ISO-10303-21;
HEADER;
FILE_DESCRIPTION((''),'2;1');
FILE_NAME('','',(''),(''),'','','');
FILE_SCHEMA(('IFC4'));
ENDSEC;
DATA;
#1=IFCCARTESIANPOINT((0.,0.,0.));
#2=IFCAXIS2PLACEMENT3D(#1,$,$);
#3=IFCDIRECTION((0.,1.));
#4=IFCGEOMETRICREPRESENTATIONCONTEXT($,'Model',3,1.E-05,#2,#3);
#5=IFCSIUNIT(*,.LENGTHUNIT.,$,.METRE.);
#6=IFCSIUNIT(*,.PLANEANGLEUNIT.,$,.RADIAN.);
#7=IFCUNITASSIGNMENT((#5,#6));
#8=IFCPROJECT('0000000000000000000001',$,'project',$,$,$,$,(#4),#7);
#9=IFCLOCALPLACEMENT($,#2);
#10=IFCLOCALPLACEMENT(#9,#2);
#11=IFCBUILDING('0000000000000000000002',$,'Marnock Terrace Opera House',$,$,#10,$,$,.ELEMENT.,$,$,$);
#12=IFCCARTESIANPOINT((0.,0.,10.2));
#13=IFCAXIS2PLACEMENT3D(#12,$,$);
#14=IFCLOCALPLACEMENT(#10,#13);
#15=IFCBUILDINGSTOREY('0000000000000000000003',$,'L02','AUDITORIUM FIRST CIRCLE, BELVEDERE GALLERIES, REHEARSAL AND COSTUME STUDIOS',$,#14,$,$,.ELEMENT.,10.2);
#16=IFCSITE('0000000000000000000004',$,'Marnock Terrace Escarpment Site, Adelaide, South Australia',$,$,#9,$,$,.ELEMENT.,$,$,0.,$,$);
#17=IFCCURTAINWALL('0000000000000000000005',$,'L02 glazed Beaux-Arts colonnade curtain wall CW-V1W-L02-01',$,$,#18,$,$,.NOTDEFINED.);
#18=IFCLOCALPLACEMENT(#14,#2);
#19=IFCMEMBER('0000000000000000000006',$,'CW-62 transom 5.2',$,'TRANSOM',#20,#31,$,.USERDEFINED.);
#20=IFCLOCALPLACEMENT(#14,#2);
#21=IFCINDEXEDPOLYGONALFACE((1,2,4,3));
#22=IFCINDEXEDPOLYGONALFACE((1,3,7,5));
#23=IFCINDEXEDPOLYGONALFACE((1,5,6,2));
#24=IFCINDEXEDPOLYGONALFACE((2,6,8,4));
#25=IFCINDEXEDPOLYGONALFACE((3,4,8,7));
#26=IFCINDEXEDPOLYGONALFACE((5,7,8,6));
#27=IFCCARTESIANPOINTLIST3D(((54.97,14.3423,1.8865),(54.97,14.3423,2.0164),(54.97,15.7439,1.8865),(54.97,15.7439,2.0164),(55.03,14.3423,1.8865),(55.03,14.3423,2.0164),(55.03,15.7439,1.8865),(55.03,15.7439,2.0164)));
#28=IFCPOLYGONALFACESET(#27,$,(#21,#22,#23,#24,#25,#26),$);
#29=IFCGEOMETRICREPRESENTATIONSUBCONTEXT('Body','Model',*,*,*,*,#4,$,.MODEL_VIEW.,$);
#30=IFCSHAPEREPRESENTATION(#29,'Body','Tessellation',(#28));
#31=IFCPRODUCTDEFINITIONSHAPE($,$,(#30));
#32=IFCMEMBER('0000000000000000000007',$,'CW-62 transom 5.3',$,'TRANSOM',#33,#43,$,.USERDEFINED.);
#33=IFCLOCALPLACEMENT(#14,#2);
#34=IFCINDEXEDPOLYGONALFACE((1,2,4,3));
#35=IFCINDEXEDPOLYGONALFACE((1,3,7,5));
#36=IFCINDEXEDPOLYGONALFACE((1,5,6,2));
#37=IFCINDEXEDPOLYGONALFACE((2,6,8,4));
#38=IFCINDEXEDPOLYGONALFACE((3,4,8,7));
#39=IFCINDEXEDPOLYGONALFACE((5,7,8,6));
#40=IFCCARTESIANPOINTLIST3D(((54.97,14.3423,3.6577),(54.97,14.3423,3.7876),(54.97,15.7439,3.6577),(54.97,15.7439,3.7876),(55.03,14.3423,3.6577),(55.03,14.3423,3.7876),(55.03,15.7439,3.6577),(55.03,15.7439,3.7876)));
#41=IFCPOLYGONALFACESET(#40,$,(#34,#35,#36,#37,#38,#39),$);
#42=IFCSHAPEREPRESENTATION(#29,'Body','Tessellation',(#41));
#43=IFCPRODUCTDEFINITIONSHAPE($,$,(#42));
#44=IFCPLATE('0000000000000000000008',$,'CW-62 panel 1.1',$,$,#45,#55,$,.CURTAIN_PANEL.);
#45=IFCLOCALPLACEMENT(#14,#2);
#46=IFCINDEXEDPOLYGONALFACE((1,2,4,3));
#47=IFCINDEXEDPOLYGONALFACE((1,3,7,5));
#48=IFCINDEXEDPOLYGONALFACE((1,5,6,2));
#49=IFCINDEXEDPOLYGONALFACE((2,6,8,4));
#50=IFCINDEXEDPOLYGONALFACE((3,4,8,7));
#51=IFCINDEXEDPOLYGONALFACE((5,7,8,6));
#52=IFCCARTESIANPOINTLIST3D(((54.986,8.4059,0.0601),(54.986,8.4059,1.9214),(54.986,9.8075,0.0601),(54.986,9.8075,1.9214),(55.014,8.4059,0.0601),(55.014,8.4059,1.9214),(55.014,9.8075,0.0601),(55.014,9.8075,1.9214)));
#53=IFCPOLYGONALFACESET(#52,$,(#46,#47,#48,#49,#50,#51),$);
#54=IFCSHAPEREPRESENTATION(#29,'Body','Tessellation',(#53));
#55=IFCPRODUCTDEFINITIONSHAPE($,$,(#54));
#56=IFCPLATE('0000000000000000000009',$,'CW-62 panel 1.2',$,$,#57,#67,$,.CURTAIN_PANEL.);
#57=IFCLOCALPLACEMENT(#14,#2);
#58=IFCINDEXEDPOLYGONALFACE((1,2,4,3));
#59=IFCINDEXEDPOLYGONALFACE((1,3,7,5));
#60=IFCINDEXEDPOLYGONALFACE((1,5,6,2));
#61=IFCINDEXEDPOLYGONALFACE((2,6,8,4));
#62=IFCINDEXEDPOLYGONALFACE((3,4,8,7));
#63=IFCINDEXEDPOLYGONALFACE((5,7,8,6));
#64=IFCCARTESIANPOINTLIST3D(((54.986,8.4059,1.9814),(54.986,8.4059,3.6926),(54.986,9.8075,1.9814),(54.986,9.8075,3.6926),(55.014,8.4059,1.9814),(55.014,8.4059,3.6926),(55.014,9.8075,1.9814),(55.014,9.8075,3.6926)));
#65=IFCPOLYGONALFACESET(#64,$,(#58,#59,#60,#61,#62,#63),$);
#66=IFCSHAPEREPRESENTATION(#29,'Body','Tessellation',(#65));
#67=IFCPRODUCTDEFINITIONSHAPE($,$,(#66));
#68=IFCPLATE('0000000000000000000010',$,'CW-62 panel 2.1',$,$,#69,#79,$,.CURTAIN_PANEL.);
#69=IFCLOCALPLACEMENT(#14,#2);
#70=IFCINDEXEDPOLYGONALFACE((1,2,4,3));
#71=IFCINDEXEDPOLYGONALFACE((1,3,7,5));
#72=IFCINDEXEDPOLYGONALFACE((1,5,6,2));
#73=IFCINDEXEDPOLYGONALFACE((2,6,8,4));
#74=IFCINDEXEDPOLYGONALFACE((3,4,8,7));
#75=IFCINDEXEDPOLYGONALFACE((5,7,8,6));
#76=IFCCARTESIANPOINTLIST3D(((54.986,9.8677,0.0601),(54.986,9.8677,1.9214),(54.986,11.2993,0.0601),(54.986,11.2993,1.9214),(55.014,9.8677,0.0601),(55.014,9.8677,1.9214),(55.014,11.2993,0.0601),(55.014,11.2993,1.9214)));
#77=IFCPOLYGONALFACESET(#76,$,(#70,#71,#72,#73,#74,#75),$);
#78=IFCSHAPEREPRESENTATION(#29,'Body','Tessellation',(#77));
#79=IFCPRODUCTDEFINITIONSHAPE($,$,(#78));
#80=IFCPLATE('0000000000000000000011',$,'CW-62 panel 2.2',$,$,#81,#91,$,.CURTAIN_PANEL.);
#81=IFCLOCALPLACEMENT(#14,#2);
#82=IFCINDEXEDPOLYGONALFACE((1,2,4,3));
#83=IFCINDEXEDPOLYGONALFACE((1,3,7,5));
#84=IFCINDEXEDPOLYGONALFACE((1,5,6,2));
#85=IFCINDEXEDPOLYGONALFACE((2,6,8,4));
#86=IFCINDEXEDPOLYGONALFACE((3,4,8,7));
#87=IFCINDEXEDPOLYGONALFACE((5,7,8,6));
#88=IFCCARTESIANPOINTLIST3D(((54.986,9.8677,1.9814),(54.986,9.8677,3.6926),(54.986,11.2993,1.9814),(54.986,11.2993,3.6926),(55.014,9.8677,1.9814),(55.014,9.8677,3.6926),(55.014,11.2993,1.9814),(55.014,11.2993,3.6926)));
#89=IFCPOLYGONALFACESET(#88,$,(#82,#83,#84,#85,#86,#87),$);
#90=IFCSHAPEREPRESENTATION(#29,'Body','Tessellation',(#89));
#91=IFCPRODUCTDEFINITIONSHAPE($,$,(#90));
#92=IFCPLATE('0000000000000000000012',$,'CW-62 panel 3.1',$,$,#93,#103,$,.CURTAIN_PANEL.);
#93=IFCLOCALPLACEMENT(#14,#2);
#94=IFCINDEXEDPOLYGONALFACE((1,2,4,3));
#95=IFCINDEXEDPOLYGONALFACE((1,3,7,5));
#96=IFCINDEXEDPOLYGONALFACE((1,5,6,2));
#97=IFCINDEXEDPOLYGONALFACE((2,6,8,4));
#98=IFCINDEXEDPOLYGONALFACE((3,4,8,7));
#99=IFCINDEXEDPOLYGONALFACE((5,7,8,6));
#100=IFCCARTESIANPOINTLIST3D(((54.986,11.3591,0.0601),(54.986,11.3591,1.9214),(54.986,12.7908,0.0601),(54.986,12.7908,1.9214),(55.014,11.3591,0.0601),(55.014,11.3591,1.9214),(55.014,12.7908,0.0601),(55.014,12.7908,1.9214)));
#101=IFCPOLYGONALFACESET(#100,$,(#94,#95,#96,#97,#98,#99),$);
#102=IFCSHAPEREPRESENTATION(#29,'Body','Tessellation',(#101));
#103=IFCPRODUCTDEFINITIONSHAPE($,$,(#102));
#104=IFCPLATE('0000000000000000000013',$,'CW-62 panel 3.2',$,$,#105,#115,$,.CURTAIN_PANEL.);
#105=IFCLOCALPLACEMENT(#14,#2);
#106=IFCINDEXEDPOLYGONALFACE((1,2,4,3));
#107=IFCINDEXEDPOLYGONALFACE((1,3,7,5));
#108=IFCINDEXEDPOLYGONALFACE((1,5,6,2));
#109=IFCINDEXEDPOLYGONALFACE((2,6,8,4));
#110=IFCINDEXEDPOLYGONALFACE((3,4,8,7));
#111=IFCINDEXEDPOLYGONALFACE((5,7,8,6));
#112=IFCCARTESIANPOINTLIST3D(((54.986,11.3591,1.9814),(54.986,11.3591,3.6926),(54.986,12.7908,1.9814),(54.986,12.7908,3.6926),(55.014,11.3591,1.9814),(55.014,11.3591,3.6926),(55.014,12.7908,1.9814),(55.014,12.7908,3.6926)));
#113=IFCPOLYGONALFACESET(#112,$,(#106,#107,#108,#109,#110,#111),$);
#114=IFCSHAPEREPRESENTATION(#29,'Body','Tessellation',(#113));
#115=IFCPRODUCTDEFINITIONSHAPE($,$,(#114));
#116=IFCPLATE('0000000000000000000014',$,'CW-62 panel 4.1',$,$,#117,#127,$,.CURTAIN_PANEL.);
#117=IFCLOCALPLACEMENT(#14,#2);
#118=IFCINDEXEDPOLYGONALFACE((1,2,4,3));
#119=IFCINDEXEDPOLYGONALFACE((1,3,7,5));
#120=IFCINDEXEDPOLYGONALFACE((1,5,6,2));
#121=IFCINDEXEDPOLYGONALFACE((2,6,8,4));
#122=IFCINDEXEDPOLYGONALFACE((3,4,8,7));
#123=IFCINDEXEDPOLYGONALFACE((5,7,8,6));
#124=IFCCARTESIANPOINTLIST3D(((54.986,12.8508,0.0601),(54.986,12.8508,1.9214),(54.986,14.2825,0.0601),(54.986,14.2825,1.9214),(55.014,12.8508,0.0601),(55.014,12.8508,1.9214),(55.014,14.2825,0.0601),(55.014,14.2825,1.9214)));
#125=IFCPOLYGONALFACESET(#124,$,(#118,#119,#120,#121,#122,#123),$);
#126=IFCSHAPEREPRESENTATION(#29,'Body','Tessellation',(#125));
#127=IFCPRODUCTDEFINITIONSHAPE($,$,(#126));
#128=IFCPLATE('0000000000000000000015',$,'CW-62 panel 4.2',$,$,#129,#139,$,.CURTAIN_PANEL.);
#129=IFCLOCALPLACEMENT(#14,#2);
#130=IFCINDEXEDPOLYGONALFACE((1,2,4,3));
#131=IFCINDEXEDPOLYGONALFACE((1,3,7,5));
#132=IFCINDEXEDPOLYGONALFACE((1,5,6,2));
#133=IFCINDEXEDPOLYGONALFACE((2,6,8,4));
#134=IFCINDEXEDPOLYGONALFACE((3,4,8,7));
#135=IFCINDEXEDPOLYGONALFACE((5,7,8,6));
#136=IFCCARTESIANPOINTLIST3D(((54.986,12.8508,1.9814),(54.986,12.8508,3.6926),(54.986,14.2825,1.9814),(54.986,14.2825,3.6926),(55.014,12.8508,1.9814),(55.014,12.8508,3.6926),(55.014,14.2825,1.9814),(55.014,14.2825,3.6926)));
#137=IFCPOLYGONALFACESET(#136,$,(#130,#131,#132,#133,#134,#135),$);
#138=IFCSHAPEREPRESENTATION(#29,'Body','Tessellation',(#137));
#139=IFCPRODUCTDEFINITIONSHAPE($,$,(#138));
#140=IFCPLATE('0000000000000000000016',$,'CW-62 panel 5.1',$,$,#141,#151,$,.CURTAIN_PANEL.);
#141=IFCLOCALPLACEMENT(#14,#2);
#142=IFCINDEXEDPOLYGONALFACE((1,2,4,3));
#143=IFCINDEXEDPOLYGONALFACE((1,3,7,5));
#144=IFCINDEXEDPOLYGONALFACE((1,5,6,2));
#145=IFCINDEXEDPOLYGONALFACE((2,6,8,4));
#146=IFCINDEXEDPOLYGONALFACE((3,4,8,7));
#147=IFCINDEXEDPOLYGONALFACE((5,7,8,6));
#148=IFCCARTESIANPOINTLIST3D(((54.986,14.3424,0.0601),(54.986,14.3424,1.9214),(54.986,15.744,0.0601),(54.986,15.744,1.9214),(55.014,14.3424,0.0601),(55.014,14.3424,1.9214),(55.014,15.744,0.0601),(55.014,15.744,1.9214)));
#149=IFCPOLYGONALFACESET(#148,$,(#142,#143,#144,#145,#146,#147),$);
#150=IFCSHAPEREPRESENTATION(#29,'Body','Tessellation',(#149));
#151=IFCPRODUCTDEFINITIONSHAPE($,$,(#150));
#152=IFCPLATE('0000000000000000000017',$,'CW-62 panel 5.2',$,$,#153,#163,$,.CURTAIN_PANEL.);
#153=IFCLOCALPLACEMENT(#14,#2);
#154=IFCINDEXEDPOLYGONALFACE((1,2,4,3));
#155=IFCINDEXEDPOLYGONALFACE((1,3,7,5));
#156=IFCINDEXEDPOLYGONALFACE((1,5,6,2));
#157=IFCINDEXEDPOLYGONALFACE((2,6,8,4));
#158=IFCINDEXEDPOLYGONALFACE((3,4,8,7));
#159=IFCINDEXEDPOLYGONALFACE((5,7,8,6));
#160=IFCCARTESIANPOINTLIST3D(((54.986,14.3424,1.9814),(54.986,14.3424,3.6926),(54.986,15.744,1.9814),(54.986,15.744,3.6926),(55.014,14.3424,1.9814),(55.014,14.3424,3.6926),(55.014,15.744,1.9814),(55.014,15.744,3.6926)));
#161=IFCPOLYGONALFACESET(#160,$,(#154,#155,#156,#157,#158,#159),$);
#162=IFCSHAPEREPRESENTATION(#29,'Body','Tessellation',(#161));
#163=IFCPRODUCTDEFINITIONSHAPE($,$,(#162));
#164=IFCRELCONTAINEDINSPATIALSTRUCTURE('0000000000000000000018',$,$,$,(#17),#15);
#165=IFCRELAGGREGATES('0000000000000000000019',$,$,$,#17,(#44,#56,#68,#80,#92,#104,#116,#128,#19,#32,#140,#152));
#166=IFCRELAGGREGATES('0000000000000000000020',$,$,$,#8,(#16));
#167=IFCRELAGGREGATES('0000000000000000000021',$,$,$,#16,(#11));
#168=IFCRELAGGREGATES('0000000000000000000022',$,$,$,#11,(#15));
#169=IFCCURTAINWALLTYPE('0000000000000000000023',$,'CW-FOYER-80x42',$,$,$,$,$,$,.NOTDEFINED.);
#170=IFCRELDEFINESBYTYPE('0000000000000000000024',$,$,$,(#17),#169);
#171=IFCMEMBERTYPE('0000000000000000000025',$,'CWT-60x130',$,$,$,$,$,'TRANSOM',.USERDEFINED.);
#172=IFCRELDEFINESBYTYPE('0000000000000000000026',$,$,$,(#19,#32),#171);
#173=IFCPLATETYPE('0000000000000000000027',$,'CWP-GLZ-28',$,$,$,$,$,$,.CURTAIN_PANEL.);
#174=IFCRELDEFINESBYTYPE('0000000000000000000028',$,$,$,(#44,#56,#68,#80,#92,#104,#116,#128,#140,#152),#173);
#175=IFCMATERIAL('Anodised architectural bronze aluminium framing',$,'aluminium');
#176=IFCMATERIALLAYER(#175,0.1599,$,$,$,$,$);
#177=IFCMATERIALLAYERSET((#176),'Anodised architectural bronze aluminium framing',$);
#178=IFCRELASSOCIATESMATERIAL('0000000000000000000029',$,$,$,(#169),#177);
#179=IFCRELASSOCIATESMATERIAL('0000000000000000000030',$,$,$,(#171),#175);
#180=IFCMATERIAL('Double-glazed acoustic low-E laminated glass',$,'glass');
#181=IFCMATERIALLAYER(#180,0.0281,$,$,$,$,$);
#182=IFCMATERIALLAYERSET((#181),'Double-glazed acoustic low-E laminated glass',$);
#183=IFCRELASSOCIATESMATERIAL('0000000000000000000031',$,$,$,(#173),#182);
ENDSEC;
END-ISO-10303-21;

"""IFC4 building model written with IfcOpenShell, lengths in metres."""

from ifc_helpers import new_model, si_unit, direction, frame, origin, origin_2d, place, context, subcontext, project, spatial, rectangle, extrude, material, layer, layer_set, material_profile, profile_set, type_object, element, aggregate, save


model = new_model("IFC4")

# Units and contexts
model_context = context("Model", 3, precision=1e-05, world=origin(), true_north=direction((0.0, 1.0)))
body_context = subcontext(model_context, "Body", "Model", "MODEL_VIEW")
ifc_project = project(units=[si_unit("LENGTHUNIT", "METRE"), si_unit("PLANEANGLEUNIT", "RADIAN")], contexts=[model_context])

# Site, building, storey
site_placement = place(None, origin())
site = spatial("IfcSite", under=ifc_project, at=site_placement, Name="Marnock Terrace Escarpment Site, Adelaide, South Australia", CompositionType="ELEMENT", RefElevation=0.0)
building_placement = place(site_placement, origin())
building = spatial("IfcBuilding", under=site, at=building_placement, Name="Marnock Terrace Opera House", CompositionType="ELEMENT")
storey_placement = place(building_placement, frame((0.0, 0.0, 10.2)))
storey = spatial("IfcBuildingStorey", under=building, at=storey_placement, Name="L02", Description="AUDITORIUM FIRST CIRCLE, BELVEDERE GALLERIES, REHEARSAL AND COSTUME STUDIOS", CompositionType="ELEMENT", Elevation=10.2)

# Curtain wall, members, plates
ifc_material_1 = material(Name="Anodised architectural bronze aluminium framing", Category="aluminium")
ifc_layer_1 = layer(ifc_material_1, 0.1599)
ifc_layer_set_1 = layer_set([ifc_layer_1], Name="Anodised architectural bronze aluminium framing")
curtain_wall_type = type_object("IfcCurtainWallType", Name="CW-FOYER-80x42", PredefinedType="NOTDEFINED", material=ifc_layer_set_1)
curtain_wall_placement = place(storey_placement, origin())
curtain_wall = element("IfcCurtainWall", 1, at=curtain_wall_placement, inside=storey, type_object=curtain_wall_type, Name="L02 glazed Beaux-Arts colonnade curtain wall CW-V1W-L02-01", PredefinedType="NOTDEFINED")
ifc_material_profile_1 = material_profile(ifc_material_1, rectangle(XDim=0.0601, YDim=0.1299, at=origin_2d()))
ifc_profile_set_1 = profile_set([ifc_material_profile_1], Name="Anodised architectural bronze aluminium framing")
member_type_1 = type_object("IfcMemberType", Name="CWT-60x130", ElementType="TRANSOM", PredefinedType="USERDEFINED", material=ifc_profile_set_1)
member_1_placement = place(storey_placement, frame((55.0, 14.3423, 1.9514), z_axis=(0.0, 1.0, 0.0), x_axis=(-1.0, 0.0, 0.0)))
member_1 = element("IfcMember", 2, at=member_1_placement, type_object=member_type_1, Name="CW-62 transom 5.2", ObjectType="TRANSOM", PredefinedType="USERDEFINED", context=body_context, shape_type="SweptSolid", body=[
    extrude(rectangle(XDim=0.0601, YDim=0.1299, at=origin_2d()), origin(), (0.0, 0.0, 1.0), 1.4016),
])
member_2_placement = place(storey_placement, frame((55.0, 14.3423, 3.7227), z_axis=(0.0, 1.0, 0.0), x_axis=(-1.0, 0.0, 0.0)))
member_2 = element("IfcMember", 3, at=member_2_placement, type_object=member_type_1, Name="CW-62 transom 5.3", ObjectType="TRANSOM", PredefinedType="USERDEFINED", context=body_context, shape_type="SweptSolid", body=[
    extrude(rectangle(XDim=0.0601, YDim=0.1299, at=origin_2d()), origin(), (0.0, 0.0, 1.0), 1.4016),
])
ifc_material_2 = material(Name="Double-glazed acoustic low-E laminated glass", Category="glass")
ifc_layer_2 = layer(ifc_material_2, 0.0281)
ifc_layer_set_2 = layer_set([ifc_layer_2], Name="Double-glazed acoustic low-E laminated glass")
plate_type = type_object("IfcPlateType", Name="CWP-GLZ-28", PredefinedType="CURTAIN_PANEL", material=ifc_layer_set_2)
plate_1_placement = place(storey_placement, frame((55.0, 9.1067, 0.0601), z_axis=(0.0, 0.0, 1.0), x_axis=(0.0, 1.0, 0.0)))
plate_1 = element("IfcPlate", 4, at=plate_1_placement, type_object=plate_type, Name="CW-62 panel 1.1", PredefinedType="CURTAIN_PANEL", context=body_context, shape_type="SweptSolid", body=[
    extrude(rectangle(XDim=1.4016, YDim=0.0281, at=origin_2d()), origin(), (0.0, 0.0, 1.0), 1.8613),
])
plate_2_placement = place(storey_placement, frame((55.0, 9.1067, 1.9814), z_axis=(0.0, 0.0, 1.0), x_axis=(0.0, 1.0, 0.0)))
plate_2 = element("IfcPlate", 5, at=plate_2_placement, type_object=plate_type, Name="CW-62 panel 1.2", PredefinedType="CURTAIN_PANEL", context=body_context, shape_type="SweptSolid", body=[
    extrude(rectangle(XDim=1.4016, YDim=0.0281, at=origin_2d()), origin(), (0.0, 0.0, 1.0), 1.7112),
])
plate_3_placement = place(storey_placement, frame((55.0, 10.5835, 0.0601), z_axis=(0.0, 0.0, 1.0), x_axis=(0.0, 1.0, 0.0)))
plate_3 = element("IfcPlate", 6, at=plate_3_placement, type_object=plate_type, Name="CW-62 panel 2.1", PredefinedType="CURTAIN_PANEL", context=body_context, shape_type="SweptSolid", body=[
    extrude(rectangle(XDim=1.4316, YDim=0.0281, at=origin_2d()), origin(), (0.0, 0.0, 1.0), 1.8613),
])
plate_4_placement = place(storey_placement, frame((55.0, 10.5835, 1.9814), z_axis=(0.0, 0.0, 1.0), x_axis=(0.0, 1.0, 0.0)))
plate_4 = element("IfcPlate", 7, at=plate_4_placement, type_object=plate_type, Name="CW-62 panel 2.2", PredefinedType="CURTAIN_PANEL", context=body_context, shape_type="SweptSolid", body=[
    extrude(rectangle(XDim=1.4316, YDim=0.0281, at=origin_2d()), origin(), (0.0, 0.0, 1.0), 1.7112),
])
plate_5_placement = place(storey_placement, frame((55.0, 12.075, 0.0601), z_axis=(0.0, 0.0, 1.0), x_axis=(0.0, 1.0, 0.0)))
plate_5 = element("IfcPlate", 8, at=plate_5_placement, type_object=plate_type, Name="CW-62 panel 3.1", PredefinedType="CURTAIN_PANEL", context=body_context, shape_type="SweptSolid", body=[
    extrude(rectangle(XDim=1.4316, YDim=0.0281, at=origin_2d()), origin(), (0.0, 0.0, 1.0), 1.8613),
])
plate_6_placement = place(storey_placement, frame((55.0, 12.075, 1.9814), z_axis=(0.0, 0.0, 1.0), x_axis=(0.0, 1.0, 0.0)))
plate_6 = element("IfcPlate", 9, at=plate_6_placement, type_object=plate_type, Name="CW-62 panel 3.2", PredefinedType="CURTAIN_PANEL", context=body_context, shape_type="SweptSolid", body=[
    extrude(rectangle(XDim=1.4316, YDim=0.0281, at=origin_2d()), origin(), (0.0, 0.0, 1.0), 1.7112),
])
plate_7_placement = place(storey_placement, frame((55.0, 13.5667, 0.0601), z_axis=(0.0, 0.0, 1.0), x_axis=(0.0, 1.0, 0.0)))
plate_7 = element("IfcPlate", 10, at=plate_7_placement, type_object=plate_type, Name="CW-62 panel 4.1", PredefinedType="CURTAIN_PANEL", context=body_context, shape_type="SweptSolid", body=[
    extrude(rectangle(XDim=1.4316, YDim=0.0281, at=origin_2d()), origin(), (0.0, 0.0, 1.0), 1.8613),
])
plate_8_placement = place(storey_placement, frame((55.0, 13.5667, 1.9814), z_axis=(0.0, 0.0, 1.0), x_axis=(0.0, 1.0, 0.0)))
plate_8 = element("IfcPlate", 11, at=plate_8_placement, type_object=plate_type, Name="CW-62 panel 4.2", PredefinedType="CURTAIN_PANEL", context=body_context, shape_type="SweptSolid", body=[
    extrude(rectangle(XDim=1.4316, YDim=0.0281, at=origin_2d()), origin(), (0.0, 0.0, 1.0), 1.7112),
])
plate_9_placement = place(storey_placement, frame((55.0, 15.0432, 0.0601), z_axis=(0.0, 0.0, 1.0), x_axis=(0.0, 1.0, 0.0)))
plate_9 = element("IfcPlate", 12, at=plate_9_placement, type_object=plate_type, Name="CW-62 panel 5.1", PredefinedType="CURTAIN_PANEL", context=body_context, shape_type="SweptSolid", body=[
    extrude(rectangle(XDim=1.4016, YDim=0.0281, at=origin_2d()), origin(), (0.0, 0.0, 1.0), 1.8613),
])
plate_10_placement = place(storey_placement, frame((55.0, 15.0432, 1.9814), z_axis=(0.0, 0.0, 1.0), x_axis=(0.0, 1.0, 0.0)))
plate_10 = element("IfcPlate", 13, at=plate_10_placement, type_object=plate_type, Name="CW-62 panel 5.2", PredefinedType="CURTAIN_PANEL", context=body_context, shape_type="SweptSolid", body=[
    extrude(rectangle(XDim=1.4016, YDim=0.0281, at=origin_2d()), origin(), (0.0, 0.0, 1.0), 1.7112),
])
aggregate(curtain_wall, [plate_1, plate_2, plate_3, plate_4, plate_5, plate_6, plate_7, plate_8, member_1, member_2, plate_9, plate_10])

save(model, "model.ifc")
